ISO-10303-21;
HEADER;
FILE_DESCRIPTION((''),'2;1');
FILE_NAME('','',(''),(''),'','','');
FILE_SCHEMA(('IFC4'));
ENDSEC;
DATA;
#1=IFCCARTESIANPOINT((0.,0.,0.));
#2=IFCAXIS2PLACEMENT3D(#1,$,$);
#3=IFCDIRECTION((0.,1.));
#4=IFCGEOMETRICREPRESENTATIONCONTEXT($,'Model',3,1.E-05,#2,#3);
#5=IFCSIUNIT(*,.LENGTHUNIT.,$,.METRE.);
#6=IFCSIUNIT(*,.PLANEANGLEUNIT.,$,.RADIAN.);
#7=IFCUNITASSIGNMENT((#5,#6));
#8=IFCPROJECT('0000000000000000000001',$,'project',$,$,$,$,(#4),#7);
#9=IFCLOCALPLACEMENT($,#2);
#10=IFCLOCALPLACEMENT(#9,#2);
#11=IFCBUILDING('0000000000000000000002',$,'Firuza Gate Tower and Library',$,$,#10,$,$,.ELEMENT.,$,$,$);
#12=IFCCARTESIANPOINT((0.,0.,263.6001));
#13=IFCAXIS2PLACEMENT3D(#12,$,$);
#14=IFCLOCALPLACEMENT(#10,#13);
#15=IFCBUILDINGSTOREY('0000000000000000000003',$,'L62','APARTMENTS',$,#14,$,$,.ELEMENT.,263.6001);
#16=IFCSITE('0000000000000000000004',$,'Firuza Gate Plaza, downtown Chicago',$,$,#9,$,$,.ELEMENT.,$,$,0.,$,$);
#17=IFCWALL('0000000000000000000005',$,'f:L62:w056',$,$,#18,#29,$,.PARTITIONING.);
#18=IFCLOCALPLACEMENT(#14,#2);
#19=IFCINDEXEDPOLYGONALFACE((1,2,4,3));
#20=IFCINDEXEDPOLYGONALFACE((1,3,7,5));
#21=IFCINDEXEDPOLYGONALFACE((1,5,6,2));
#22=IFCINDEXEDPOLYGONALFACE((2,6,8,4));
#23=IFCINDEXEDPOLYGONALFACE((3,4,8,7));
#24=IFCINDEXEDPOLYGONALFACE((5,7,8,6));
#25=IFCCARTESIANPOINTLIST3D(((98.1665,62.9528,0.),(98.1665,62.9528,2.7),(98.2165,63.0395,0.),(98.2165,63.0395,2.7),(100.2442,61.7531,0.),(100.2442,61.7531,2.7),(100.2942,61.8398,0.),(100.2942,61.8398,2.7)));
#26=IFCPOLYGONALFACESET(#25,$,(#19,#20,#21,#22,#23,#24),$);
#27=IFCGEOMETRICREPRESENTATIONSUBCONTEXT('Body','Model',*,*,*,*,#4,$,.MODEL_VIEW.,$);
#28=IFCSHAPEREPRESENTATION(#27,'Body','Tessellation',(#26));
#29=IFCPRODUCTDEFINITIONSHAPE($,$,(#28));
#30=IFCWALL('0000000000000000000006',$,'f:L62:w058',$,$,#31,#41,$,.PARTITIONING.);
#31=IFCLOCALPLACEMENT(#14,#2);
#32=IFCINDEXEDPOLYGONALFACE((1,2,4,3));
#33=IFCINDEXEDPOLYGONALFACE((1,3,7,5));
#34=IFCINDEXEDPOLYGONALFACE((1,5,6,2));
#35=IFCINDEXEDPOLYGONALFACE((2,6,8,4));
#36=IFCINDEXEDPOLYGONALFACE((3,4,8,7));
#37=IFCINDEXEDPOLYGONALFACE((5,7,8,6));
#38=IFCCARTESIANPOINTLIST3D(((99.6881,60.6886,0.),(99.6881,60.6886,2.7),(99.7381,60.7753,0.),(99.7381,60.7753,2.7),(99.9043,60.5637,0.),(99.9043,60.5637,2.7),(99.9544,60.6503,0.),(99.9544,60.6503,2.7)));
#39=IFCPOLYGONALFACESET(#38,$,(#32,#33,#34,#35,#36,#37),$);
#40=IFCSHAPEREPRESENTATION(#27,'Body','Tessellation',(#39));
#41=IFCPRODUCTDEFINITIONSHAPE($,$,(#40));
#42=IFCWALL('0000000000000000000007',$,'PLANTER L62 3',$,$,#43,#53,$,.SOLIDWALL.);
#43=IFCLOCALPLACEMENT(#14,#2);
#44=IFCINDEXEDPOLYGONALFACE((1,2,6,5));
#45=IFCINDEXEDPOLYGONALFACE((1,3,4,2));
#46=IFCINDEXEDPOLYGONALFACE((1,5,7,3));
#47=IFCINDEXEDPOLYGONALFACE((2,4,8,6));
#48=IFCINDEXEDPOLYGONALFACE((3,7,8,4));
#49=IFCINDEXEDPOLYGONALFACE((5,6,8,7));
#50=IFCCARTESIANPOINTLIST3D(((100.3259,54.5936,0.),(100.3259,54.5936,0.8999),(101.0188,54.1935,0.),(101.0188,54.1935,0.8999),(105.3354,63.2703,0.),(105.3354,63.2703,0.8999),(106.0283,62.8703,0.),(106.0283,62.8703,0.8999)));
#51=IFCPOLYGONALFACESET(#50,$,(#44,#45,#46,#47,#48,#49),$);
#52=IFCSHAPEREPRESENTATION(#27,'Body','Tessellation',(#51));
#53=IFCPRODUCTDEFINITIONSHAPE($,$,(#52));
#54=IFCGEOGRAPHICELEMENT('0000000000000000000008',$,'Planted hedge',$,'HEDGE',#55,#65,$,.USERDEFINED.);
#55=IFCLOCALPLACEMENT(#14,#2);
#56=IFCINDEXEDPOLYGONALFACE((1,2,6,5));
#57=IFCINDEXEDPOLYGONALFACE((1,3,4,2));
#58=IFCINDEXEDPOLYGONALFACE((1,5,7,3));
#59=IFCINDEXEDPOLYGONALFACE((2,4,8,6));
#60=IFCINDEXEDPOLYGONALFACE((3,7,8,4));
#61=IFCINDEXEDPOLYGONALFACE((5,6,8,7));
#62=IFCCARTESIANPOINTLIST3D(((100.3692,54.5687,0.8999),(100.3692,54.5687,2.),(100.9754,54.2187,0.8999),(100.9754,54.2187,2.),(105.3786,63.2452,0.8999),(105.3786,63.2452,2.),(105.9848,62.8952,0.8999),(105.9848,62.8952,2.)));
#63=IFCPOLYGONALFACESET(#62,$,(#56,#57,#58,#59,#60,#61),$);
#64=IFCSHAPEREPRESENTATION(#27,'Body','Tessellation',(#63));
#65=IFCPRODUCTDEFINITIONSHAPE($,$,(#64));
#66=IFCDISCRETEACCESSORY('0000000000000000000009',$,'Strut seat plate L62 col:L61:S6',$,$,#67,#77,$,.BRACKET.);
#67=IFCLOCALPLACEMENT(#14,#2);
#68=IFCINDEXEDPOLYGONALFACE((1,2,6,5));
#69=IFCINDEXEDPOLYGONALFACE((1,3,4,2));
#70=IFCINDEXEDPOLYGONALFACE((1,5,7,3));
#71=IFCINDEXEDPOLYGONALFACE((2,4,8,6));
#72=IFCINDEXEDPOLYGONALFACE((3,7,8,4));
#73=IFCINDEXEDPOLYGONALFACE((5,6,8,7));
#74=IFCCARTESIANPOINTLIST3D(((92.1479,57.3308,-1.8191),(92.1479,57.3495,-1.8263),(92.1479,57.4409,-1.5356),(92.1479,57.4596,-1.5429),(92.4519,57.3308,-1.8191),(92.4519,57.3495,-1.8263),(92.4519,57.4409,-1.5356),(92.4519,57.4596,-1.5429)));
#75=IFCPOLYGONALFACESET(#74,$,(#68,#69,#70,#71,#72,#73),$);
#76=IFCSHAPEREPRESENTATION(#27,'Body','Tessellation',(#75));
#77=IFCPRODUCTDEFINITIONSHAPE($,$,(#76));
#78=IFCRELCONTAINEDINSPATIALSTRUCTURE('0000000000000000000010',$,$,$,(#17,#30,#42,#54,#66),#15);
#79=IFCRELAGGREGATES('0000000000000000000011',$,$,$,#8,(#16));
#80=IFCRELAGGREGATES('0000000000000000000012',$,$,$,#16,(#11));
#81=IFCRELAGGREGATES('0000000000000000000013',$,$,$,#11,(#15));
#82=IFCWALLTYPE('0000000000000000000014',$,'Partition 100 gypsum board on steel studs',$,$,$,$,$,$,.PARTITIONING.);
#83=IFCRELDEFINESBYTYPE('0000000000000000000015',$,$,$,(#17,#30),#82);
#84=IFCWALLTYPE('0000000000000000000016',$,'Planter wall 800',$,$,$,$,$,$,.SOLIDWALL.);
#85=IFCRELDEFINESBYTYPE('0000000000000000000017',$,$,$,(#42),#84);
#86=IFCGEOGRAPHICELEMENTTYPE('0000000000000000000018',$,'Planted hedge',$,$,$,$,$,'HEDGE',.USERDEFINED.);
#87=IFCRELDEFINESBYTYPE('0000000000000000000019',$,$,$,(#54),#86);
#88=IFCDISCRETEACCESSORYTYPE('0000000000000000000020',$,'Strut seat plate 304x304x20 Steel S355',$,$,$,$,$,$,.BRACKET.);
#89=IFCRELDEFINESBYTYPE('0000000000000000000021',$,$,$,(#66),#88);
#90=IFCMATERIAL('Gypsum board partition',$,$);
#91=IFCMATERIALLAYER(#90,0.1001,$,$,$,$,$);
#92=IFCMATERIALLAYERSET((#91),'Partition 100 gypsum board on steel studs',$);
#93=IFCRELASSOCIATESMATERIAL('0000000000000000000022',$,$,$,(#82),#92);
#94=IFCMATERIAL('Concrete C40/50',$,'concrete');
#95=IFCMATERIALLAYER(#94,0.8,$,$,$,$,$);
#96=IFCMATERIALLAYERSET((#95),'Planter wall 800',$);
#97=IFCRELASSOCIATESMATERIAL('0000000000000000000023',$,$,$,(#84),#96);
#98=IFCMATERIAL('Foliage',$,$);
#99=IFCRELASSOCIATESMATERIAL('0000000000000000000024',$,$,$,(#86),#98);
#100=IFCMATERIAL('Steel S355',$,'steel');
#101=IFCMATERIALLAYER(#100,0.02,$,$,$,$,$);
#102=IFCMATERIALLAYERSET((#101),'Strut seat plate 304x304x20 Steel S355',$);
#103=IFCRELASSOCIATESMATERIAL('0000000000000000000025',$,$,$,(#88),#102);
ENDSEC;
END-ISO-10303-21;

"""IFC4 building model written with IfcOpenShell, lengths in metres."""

from ifc_helpers import new_model, si_unit, direction, frame, frame_2d, origin, origin_2d, place, context, subcontext, project, spatial, polyline, rectangle, outline, extrude, material, layer, layer_set, type_object, element, save


model = new_model("IFC4")

# Units and contexts
model_context = context("Model", 3, precision=1e-05, world=origin(), true_north=direction((0.0, 1.0)))
body_context = subcontext(model_context, "Body", "Model", "MODEL_VIEW")
ifc_project = project(units=[si_unit("LENGTHUNIT", "METRE"), si_unit("PLANEANGLEUNIT", "RADIAN")], contexts=[model_context])

# Site, building, storey
site_placement = place(None, origin())
site = spatial("IfcSite", under=ifc_project, at=site_placement, Name="Firuza Gate Plaza, downtown Chicago", CompositionType="ELEMENT", RefElevation=0.0)
building_placement = place(site_placement, origin())
building = spatial("IfcBuilding", under=site, at=building_placement, Name="Firuza Gate Tower and Library", CompositionType="ELEMENT")
storey_placement = place(building_placement, frame((0.0, 0.0, 263.6001)))
storey = spatial("IfcBuildingStorey", under=building, at=storey_placement, Name="L62", Description="APARTMENTS", CompositionType="ELEMENT", Elevation=263.6001)

# Walls
ifc_material_1 = material(Name="Gypsum board partition")
ifc_layer_1 = layer(ifc_material_1, 0.1001)
ifc_layer_set_1 = layer_set([ifc_layer_1], Name="Partition 100 gypsum board on steel studs")
wall_type_1 = type_object("IfcWallType", Name="Partition 100 gypsum board on steel studs", PredefinedType="PARTITIONING", material=ifc_layer_set_1)
wall_1_placement = place(storey_placement, frame((100.2693, 61.7964, 0.0), z_axis=(0.0, 0.0, 1.0), x_axis=(-0.865992, 0.500057, 0.0)))
element("IfcWall", 1, at=wall_1_placement, inside=storey, type_object=wall_type_1, Name="f:L62:w056", PredefinedType="PARTITIONING", context=body_context, shape_type="SweptSolid", body=[
    extrude(rectangle(XDim=2.3992, YDim=0.1001, at=frame_2d((1.1997, 0.0))), origin(), (0.0, 0.0, 1.0), 2.7),
])
wall_2_placement = place(storey_placement, frame((99.9294, 60.6069, 0.0), z_axis=(0.0, 0.0, 1.0), x_axis=(-0.865827, 0.500343, 0.0)))
element("IfcWall", 2, at=wall_2_placement, inside=storey, type_object=wall_type_1, Name="f:L62:w058", PredefinedType="PARTITIONING", context=body_context, shape_type="SweptSolid", body=[
    extrude(rectangle(XDim=0.2498, YDim=0.1001, at=frame_2d((0.125, 0.0))), origin(), (0.0, 0.0, 1.0), 2.7),
])
ifc_material_2 = material(Name="Concrete C40/50", Category="concrete")
ifc_layer_2 = layer(ifc_material_2, 0.8)
ifc_layer_set_2 = layer_set([ifc_layer_2], Name="Planter wall 800")
wall_type_2 = type_object("IfcWallType", Name="Planter wall 800", PredefinedType="SOLIDWALL", material=ifc_layer_set_2)
wall_3_placement = place(storey_placement, frame((100.6724, 54.3936, 0.0), z_axis=(0.0, 0.0, 1.0), x_axis=(0.499999, 0.866026, 0.0)))
element("IfcWall", 3, at=wall_3_placement, inside=storey, type_object=wall_type_2, Name="PLANTER L62 3", PredefinedType="SOLIDWALL", context=body_context, shape_type="SweptSolid", body=[
    extrude(rectangle(XDim=10.019, YDim=0.8, at=frame_2d((5.0095, 0.0))), origin(), (0.0, 0.0, 1.0), 0.8999),
])

# Geographic element
ifc_material_3 = material(Name="Foliage")
geographic_element_type = type_object("IfcGeographicElementType", Name="Planted hedge", ElementType="HEDGE", PredefinedType="USERDEFINED", material=ifc_material_3)
geographic_element_placement = place(storey_placement, frame((103.177, 58.7319, 0.8999), z_axis=(0.0, 0.0, 1.0), x_axis=(0.5, 0.866025, 0.0)))
element("IfcGeographicElement", 4, at=geographic_element_placement, inside=storey, type_object=geographic_element_type, Name="Planted hedge", ObjectType="HEDGE", PredefinedType="USERDEFINED", context=body_context, shape_type="SweptSolid", body=[
    extrude(rectangle(XDim=10.0188, YDim=0.7, at=origin_2d()), origin(), (0.0, 0.0, 1.0), 1.1001),
])

# Discrete accessory
ifc_material_4 = material(Name="Steel S355", Category="steel")
ifc_layer_3 = layer(ifc_material_4, 0.02)
ifc_layer_set_3 = layer_set([ifc_layer_3], Name="Strut seat plate 304x304x20 Steel S355")
discrete_accessory_type = type_object("IfcDiscreteAccessoryType", Name="Strut seat plate 304x304x20 Steel S355", PredefinedType="BRACKET", material=ifc_layer_set_3)
discrete_accessory_placement = place(storey_placement, frame((92.4519, 57.4409, -1.5356), z_axis=(0.0, -0.93214, 0.362098), x_axis=(-1.0, 0.0, 0.0)))
element("IfcDiscreteAccessory", 5, at=discrete_accessory_placement, inside=storey, type_object=discrete_accessory_type, Name="Strut seat plate L62 col:L61:S6", PredefinedType="BRACKET", context=body_context, shape_type="SweptSolid", body=[
    extrude(outline(polyline([(0.0, 0.0), (0.304, 0.0), (0.304, 0.3041), (0.0, 0.3041), (0.0, 0.0)])), origin(), (0.0, 0.0, -1.0), 0.02),
])

save(model, "model.ifc")
